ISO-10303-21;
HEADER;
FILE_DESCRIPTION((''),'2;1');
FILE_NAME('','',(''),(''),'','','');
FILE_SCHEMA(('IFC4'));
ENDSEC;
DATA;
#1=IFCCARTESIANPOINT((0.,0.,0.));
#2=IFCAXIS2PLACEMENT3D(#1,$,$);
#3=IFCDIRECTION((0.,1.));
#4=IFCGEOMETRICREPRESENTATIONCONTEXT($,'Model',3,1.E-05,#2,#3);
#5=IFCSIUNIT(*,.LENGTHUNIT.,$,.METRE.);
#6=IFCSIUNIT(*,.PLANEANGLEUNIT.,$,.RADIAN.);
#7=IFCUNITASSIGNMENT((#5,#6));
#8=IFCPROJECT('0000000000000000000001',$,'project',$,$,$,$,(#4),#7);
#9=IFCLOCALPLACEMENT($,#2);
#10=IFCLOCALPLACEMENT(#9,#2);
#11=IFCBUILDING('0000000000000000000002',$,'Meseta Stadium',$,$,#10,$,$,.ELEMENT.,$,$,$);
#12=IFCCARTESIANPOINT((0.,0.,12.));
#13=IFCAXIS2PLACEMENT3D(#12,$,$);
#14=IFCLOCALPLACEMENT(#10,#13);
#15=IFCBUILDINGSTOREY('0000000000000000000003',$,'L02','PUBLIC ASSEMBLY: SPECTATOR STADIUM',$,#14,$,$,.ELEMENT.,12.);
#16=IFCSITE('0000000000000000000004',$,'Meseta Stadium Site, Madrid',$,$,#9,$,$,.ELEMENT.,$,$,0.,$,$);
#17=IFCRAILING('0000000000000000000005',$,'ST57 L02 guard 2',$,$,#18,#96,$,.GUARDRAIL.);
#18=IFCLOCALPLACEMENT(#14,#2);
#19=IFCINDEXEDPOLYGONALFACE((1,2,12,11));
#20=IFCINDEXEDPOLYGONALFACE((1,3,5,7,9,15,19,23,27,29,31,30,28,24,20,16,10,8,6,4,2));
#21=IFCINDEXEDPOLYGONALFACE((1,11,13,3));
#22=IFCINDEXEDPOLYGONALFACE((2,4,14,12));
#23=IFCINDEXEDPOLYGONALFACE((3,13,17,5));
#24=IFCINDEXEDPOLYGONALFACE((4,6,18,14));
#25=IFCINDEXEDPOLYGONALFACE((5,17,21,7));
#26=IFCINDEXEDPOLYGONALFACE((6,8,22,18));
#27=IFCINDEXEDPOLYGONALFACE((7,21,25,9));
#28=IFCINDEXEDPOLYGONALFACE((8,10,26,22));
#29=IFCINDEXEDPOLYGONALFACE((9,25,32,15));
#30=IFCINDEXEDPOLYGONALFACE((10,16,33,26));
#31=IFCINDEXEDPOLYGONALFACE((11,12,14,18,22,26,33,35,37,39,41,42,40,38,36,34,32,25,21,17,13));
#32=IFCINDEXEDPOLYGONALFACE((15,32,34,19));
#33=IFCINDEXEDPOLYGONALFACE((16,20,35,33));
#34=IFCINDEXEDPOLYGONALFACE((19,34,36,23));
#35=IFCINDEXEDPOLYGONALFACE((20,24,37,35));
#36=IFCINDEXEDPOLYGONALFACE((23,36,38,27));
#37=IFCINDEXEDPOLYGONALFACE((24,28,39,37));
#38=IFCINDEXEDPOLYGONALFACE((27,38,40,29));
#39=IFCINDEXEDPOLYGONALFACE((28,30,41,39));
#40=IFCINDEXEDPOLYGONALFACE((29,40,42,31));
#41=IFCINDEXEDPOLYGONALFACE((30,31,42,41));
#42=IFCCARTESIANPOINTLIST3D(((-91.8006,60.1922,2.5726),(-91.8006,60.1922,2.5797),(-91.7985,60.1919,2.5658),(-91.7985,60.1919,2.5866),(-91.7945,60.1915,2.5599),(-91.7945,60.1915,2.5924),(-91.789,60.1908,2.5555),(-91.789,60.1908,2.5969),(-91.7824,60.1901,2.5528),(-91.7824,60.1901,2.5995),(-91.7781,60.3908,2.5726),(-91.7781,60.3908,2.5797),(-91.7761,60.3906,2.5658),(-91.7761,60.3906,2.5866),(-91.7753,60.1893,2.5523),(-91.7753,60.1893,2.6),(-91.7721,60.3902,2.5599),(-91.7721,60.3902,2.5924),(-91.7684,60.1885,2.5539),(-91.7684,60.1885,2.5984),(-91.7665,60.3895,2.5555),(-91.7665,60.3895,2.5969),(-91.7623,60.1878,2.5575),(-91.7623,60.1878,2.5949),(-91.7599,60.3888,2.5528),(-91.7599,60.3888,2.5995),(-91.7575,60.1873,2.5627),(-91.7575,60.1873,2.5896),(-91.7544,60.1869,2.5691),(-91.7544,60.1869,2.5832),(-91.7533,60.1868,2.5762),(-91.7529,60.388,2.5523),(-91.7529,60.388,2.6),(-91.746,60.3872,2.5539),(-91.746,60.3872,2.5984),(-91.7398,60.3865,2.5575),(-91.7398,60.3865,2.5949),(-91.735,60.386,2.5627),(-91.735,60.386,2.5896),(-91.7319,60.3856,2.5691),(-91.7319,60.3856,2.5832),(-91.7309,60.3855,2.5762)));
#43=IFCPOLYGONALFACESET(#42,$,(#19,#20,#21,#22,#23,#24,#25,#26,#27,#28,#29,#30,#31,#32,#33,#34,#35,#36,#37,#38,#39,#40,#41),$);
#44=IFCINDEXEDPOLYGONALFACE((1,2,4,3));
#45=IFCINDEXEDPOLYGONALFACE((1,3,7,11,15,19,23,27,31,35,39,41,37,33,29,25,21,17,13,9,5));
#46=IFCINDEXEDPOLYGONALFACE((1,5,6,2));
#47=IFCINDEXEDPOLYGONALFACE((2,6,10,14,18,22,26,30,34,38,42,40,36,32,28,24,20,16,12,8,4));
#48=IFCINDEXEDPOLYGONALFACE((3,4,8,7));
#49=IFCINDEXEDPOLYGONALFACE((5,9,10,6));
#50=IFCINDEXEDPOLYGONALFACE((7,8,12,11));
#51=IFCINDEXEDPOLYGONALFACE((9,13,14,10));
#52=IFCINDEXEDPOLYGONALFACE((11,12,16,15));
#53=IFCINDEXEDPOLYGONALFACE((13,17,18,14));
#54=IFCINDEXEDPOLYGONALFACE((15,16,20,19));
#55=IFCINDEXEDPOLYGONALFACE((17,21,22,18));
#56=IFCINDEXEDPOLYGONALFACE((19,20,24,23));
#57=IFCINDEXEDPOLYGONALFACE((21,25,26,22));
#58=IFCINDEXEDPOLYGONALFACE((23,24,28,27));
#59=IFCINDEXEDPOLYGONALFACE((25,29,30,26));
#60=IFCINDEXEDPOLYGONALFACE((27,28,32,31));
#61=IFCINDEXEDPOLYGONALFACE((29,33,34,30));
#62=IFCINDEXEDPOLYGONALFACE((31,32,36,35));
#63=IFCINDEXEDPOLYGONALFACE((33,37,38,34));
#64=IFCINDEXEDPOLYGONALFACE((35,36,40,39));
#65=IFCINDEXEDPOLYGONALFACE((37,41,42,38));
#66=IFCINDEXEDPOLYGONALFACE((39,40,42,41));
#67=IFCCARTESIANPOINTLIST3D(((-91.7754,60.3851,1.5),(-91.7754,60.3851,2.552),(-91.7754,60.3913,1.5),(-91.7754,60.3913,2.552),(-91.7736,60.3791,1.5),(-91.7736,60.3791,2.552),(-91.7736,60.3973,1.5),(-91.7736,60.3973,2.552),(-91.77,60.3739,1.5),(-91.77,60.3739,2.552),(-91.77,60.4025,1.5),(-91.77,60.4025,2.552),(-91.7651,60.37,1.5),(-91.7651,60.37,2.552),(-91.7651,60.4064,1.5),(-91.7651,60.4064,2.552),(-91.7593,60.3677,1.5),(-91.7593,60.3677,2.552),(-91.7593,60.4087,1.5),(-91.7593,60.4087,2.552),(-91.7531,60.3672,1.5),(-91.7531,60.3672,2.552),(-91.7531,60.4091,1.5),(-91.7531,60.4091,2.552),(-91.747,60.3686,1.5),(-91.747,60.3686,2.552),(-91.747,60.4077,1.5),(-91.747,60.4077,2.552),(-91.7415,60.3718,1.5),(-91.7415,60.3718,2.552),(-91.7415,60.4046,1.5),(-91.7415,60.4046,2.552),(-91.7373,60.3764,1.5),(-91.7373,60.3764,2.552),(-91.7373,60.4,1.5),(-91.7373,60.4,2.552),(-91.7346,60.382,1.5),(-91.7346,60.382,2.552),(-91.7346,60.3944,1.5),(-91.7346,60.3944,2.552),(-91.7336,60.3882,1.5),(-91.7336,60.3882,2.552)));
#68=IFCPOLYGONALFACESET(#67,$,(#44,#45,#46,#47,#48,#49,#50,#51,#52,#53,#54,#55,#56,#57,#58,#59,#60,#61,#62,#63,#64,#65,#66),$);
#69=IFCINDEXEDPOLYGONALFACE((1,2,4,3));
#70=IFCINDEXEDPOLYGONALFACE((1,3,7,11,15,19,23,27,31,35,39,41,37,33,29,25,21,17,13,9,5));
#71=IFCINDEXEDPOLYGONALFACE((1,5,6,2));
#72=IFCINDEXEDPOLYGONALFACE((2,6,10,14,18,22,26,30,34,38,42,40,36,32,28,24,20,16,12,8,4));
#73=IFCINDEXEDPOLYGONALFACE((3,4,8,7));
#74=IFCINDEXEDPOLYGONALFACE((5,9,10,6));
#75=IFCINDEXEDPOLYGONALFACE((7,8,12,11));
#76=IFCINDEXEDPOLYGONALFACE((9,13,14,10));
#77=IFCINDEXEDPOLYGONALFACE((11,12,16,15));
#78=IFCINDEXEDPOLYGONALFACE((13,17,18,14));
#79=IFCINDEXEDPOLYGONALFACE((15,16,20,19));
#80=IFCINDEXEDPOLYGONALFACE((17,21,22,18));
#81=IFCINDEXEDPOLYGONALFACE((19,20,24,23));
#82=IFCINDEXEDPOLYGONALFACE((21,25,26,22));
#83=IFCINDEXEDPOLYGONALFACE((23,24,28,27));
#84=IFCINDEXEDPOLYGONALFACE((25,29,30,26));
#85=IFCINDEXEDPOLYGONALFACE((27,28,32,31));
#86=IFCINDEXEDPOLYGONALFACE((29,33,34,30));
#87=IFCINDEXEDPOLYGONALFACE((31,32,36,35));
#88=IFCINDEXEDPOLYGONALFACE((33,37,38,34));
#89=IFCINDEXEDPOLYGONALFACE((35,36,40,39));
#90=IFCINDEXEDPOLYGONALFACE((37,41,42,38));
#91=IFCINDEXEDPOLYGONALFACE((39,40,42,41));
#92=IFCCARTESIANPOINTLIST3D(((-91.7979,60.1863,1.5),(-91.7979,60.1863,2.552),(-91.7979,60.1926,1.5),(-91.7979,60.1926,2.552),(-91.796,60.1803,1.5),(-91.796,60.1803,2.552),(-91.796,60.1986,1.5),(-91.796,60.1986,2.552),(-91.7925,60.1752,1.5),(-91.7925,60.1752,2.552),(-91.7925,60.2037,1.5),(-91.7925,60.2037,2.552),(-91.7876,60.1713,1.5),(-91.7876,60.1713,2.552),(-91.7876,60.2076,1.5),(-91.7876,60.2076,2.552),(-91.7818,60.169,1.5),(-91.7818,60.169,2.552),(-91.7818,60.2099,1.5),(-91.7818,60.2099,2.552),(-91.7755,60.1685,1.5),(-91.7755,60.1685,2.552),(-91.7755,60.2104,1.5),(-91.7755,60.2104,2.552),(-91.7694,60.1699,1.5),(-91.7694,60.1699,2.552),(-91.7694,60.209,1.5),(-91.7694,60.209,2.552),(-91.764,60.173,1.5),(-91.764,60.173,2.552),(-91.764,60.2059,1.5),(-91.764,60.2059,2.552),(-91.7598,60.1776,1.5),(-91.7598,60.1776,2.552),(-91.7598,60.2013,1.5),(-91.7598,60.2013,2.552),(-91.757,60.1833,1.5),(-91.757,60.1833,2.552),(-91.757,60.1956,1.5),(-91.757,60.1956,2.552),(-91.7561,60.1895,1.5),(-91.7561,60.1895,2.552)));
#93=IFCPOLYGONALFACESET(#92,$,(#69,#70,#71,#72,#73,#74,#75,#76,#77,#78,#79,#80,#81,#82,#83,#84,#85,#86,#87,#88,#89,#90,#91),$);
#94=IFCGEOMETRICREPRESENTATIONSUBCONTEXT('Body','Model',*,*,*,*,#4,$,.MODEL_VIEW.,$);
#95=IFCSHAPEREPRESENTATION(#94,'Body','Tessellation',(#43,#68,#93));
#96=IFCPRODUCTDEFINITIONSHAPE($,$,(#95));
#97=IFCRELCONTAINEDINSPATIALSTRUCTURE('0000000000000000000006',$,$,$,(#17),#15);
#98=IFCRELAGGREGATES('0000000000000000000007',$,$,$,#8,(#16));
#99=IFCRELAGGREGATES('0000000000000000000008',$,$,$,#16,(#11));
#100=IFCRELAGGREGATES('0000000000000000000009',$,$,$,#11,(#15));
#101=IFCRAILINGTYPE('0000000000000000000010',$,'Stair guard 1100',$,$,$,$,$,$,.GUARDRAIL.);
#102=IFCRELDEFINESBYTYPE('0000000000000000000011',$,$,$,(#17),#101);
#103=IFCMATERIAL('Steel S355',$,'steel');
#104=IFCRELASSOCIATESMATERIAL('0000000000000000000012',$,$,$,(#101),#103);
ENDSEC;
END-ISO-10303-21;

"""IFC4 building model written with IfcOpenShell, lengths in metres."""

from ifc_helpers import new_model, si_unit, direction, frame, origin, origin_2d, place, context, subcontext, project, spatial, circle, extrude, material, type_object, element, save


model = new_model("IFC4")

# Units and contexts
model_context = context("Model", 3, precision=1e-05, world=origin(), true_north=direction((0.0, 1.0)))
body_context = subcontext(model_context, "Body", "Model", "MODEL_VIEW")
ifc_project = project(units=[si_unit("LENGTHUNIT", "METRE"), si_unit("PLANEANGLEUNIT", "RADIAN")], contexts=[model_context])

# Site, building, storey
site_placement = place(None, origin())
site = spatial("IfcSite", under=ifc_project, at=site_placement, Name="Meseta Stadium Site, Madrid", CompositionType="ELEMENT", RefElevation=0.0)
building_placement = place(site_placement, origin())
building = spatial("IfcBuilding", under=site, at=building_placement, Name="Meseta Stadium", CompositionType="ELEMENT")
storey_placement = place(building_placement, frame((0.0, 0.0, 12.0)))
storey = spatial("IfcBuildingStorey", under=building, at=storey_placement, Name="L02", Description="PUBLIC ASSEMBLY: SPECTATOR STADIUM", CompositionType="ELEMENT", Elevation=12.0)

# Railing
ifc_material_1 = material(Name="Steel S355", Category="steel")
railing_type_1 = type_object("IfcRailingType", Name="Stair guard 1100", PredefinedType="GUARDRAIL", material=ifc_material_1)
railing_1_placement = place(storey_placement, frame((-91.7546, 60.3882, 1.5)))
element("IfcRailing", 1, at=railing_1_placement, inside=storey, type_object=railing_type_1, Name="ST57 L02 guard 2", PredefinedType="GUARDRAIL", context=body_context, shape_type="SweptSolid", body=[
    extrude(circle(Radius=0.0239, at=origin_2d()), frame((0.0, 0.0, 1.0762), z_axis=(-0.112307, -0.993674, 0.0), x_axis=(0.993674, -0.112307, 0.0)), (0.0, 0.0, 1.0), 0.2),
    extrude(circle(Radius=0.021, at=origin_2d()), origin(), (0.0, 0.0, 1.0), 1.052),
    extrude(circle(Radius=0.021, at=origin_2d()), frame((-0.0225, -0.1987, 0.0)), (0.0, 0.0, 1.0), 1.052),
])

save(model, "model.ifc")
